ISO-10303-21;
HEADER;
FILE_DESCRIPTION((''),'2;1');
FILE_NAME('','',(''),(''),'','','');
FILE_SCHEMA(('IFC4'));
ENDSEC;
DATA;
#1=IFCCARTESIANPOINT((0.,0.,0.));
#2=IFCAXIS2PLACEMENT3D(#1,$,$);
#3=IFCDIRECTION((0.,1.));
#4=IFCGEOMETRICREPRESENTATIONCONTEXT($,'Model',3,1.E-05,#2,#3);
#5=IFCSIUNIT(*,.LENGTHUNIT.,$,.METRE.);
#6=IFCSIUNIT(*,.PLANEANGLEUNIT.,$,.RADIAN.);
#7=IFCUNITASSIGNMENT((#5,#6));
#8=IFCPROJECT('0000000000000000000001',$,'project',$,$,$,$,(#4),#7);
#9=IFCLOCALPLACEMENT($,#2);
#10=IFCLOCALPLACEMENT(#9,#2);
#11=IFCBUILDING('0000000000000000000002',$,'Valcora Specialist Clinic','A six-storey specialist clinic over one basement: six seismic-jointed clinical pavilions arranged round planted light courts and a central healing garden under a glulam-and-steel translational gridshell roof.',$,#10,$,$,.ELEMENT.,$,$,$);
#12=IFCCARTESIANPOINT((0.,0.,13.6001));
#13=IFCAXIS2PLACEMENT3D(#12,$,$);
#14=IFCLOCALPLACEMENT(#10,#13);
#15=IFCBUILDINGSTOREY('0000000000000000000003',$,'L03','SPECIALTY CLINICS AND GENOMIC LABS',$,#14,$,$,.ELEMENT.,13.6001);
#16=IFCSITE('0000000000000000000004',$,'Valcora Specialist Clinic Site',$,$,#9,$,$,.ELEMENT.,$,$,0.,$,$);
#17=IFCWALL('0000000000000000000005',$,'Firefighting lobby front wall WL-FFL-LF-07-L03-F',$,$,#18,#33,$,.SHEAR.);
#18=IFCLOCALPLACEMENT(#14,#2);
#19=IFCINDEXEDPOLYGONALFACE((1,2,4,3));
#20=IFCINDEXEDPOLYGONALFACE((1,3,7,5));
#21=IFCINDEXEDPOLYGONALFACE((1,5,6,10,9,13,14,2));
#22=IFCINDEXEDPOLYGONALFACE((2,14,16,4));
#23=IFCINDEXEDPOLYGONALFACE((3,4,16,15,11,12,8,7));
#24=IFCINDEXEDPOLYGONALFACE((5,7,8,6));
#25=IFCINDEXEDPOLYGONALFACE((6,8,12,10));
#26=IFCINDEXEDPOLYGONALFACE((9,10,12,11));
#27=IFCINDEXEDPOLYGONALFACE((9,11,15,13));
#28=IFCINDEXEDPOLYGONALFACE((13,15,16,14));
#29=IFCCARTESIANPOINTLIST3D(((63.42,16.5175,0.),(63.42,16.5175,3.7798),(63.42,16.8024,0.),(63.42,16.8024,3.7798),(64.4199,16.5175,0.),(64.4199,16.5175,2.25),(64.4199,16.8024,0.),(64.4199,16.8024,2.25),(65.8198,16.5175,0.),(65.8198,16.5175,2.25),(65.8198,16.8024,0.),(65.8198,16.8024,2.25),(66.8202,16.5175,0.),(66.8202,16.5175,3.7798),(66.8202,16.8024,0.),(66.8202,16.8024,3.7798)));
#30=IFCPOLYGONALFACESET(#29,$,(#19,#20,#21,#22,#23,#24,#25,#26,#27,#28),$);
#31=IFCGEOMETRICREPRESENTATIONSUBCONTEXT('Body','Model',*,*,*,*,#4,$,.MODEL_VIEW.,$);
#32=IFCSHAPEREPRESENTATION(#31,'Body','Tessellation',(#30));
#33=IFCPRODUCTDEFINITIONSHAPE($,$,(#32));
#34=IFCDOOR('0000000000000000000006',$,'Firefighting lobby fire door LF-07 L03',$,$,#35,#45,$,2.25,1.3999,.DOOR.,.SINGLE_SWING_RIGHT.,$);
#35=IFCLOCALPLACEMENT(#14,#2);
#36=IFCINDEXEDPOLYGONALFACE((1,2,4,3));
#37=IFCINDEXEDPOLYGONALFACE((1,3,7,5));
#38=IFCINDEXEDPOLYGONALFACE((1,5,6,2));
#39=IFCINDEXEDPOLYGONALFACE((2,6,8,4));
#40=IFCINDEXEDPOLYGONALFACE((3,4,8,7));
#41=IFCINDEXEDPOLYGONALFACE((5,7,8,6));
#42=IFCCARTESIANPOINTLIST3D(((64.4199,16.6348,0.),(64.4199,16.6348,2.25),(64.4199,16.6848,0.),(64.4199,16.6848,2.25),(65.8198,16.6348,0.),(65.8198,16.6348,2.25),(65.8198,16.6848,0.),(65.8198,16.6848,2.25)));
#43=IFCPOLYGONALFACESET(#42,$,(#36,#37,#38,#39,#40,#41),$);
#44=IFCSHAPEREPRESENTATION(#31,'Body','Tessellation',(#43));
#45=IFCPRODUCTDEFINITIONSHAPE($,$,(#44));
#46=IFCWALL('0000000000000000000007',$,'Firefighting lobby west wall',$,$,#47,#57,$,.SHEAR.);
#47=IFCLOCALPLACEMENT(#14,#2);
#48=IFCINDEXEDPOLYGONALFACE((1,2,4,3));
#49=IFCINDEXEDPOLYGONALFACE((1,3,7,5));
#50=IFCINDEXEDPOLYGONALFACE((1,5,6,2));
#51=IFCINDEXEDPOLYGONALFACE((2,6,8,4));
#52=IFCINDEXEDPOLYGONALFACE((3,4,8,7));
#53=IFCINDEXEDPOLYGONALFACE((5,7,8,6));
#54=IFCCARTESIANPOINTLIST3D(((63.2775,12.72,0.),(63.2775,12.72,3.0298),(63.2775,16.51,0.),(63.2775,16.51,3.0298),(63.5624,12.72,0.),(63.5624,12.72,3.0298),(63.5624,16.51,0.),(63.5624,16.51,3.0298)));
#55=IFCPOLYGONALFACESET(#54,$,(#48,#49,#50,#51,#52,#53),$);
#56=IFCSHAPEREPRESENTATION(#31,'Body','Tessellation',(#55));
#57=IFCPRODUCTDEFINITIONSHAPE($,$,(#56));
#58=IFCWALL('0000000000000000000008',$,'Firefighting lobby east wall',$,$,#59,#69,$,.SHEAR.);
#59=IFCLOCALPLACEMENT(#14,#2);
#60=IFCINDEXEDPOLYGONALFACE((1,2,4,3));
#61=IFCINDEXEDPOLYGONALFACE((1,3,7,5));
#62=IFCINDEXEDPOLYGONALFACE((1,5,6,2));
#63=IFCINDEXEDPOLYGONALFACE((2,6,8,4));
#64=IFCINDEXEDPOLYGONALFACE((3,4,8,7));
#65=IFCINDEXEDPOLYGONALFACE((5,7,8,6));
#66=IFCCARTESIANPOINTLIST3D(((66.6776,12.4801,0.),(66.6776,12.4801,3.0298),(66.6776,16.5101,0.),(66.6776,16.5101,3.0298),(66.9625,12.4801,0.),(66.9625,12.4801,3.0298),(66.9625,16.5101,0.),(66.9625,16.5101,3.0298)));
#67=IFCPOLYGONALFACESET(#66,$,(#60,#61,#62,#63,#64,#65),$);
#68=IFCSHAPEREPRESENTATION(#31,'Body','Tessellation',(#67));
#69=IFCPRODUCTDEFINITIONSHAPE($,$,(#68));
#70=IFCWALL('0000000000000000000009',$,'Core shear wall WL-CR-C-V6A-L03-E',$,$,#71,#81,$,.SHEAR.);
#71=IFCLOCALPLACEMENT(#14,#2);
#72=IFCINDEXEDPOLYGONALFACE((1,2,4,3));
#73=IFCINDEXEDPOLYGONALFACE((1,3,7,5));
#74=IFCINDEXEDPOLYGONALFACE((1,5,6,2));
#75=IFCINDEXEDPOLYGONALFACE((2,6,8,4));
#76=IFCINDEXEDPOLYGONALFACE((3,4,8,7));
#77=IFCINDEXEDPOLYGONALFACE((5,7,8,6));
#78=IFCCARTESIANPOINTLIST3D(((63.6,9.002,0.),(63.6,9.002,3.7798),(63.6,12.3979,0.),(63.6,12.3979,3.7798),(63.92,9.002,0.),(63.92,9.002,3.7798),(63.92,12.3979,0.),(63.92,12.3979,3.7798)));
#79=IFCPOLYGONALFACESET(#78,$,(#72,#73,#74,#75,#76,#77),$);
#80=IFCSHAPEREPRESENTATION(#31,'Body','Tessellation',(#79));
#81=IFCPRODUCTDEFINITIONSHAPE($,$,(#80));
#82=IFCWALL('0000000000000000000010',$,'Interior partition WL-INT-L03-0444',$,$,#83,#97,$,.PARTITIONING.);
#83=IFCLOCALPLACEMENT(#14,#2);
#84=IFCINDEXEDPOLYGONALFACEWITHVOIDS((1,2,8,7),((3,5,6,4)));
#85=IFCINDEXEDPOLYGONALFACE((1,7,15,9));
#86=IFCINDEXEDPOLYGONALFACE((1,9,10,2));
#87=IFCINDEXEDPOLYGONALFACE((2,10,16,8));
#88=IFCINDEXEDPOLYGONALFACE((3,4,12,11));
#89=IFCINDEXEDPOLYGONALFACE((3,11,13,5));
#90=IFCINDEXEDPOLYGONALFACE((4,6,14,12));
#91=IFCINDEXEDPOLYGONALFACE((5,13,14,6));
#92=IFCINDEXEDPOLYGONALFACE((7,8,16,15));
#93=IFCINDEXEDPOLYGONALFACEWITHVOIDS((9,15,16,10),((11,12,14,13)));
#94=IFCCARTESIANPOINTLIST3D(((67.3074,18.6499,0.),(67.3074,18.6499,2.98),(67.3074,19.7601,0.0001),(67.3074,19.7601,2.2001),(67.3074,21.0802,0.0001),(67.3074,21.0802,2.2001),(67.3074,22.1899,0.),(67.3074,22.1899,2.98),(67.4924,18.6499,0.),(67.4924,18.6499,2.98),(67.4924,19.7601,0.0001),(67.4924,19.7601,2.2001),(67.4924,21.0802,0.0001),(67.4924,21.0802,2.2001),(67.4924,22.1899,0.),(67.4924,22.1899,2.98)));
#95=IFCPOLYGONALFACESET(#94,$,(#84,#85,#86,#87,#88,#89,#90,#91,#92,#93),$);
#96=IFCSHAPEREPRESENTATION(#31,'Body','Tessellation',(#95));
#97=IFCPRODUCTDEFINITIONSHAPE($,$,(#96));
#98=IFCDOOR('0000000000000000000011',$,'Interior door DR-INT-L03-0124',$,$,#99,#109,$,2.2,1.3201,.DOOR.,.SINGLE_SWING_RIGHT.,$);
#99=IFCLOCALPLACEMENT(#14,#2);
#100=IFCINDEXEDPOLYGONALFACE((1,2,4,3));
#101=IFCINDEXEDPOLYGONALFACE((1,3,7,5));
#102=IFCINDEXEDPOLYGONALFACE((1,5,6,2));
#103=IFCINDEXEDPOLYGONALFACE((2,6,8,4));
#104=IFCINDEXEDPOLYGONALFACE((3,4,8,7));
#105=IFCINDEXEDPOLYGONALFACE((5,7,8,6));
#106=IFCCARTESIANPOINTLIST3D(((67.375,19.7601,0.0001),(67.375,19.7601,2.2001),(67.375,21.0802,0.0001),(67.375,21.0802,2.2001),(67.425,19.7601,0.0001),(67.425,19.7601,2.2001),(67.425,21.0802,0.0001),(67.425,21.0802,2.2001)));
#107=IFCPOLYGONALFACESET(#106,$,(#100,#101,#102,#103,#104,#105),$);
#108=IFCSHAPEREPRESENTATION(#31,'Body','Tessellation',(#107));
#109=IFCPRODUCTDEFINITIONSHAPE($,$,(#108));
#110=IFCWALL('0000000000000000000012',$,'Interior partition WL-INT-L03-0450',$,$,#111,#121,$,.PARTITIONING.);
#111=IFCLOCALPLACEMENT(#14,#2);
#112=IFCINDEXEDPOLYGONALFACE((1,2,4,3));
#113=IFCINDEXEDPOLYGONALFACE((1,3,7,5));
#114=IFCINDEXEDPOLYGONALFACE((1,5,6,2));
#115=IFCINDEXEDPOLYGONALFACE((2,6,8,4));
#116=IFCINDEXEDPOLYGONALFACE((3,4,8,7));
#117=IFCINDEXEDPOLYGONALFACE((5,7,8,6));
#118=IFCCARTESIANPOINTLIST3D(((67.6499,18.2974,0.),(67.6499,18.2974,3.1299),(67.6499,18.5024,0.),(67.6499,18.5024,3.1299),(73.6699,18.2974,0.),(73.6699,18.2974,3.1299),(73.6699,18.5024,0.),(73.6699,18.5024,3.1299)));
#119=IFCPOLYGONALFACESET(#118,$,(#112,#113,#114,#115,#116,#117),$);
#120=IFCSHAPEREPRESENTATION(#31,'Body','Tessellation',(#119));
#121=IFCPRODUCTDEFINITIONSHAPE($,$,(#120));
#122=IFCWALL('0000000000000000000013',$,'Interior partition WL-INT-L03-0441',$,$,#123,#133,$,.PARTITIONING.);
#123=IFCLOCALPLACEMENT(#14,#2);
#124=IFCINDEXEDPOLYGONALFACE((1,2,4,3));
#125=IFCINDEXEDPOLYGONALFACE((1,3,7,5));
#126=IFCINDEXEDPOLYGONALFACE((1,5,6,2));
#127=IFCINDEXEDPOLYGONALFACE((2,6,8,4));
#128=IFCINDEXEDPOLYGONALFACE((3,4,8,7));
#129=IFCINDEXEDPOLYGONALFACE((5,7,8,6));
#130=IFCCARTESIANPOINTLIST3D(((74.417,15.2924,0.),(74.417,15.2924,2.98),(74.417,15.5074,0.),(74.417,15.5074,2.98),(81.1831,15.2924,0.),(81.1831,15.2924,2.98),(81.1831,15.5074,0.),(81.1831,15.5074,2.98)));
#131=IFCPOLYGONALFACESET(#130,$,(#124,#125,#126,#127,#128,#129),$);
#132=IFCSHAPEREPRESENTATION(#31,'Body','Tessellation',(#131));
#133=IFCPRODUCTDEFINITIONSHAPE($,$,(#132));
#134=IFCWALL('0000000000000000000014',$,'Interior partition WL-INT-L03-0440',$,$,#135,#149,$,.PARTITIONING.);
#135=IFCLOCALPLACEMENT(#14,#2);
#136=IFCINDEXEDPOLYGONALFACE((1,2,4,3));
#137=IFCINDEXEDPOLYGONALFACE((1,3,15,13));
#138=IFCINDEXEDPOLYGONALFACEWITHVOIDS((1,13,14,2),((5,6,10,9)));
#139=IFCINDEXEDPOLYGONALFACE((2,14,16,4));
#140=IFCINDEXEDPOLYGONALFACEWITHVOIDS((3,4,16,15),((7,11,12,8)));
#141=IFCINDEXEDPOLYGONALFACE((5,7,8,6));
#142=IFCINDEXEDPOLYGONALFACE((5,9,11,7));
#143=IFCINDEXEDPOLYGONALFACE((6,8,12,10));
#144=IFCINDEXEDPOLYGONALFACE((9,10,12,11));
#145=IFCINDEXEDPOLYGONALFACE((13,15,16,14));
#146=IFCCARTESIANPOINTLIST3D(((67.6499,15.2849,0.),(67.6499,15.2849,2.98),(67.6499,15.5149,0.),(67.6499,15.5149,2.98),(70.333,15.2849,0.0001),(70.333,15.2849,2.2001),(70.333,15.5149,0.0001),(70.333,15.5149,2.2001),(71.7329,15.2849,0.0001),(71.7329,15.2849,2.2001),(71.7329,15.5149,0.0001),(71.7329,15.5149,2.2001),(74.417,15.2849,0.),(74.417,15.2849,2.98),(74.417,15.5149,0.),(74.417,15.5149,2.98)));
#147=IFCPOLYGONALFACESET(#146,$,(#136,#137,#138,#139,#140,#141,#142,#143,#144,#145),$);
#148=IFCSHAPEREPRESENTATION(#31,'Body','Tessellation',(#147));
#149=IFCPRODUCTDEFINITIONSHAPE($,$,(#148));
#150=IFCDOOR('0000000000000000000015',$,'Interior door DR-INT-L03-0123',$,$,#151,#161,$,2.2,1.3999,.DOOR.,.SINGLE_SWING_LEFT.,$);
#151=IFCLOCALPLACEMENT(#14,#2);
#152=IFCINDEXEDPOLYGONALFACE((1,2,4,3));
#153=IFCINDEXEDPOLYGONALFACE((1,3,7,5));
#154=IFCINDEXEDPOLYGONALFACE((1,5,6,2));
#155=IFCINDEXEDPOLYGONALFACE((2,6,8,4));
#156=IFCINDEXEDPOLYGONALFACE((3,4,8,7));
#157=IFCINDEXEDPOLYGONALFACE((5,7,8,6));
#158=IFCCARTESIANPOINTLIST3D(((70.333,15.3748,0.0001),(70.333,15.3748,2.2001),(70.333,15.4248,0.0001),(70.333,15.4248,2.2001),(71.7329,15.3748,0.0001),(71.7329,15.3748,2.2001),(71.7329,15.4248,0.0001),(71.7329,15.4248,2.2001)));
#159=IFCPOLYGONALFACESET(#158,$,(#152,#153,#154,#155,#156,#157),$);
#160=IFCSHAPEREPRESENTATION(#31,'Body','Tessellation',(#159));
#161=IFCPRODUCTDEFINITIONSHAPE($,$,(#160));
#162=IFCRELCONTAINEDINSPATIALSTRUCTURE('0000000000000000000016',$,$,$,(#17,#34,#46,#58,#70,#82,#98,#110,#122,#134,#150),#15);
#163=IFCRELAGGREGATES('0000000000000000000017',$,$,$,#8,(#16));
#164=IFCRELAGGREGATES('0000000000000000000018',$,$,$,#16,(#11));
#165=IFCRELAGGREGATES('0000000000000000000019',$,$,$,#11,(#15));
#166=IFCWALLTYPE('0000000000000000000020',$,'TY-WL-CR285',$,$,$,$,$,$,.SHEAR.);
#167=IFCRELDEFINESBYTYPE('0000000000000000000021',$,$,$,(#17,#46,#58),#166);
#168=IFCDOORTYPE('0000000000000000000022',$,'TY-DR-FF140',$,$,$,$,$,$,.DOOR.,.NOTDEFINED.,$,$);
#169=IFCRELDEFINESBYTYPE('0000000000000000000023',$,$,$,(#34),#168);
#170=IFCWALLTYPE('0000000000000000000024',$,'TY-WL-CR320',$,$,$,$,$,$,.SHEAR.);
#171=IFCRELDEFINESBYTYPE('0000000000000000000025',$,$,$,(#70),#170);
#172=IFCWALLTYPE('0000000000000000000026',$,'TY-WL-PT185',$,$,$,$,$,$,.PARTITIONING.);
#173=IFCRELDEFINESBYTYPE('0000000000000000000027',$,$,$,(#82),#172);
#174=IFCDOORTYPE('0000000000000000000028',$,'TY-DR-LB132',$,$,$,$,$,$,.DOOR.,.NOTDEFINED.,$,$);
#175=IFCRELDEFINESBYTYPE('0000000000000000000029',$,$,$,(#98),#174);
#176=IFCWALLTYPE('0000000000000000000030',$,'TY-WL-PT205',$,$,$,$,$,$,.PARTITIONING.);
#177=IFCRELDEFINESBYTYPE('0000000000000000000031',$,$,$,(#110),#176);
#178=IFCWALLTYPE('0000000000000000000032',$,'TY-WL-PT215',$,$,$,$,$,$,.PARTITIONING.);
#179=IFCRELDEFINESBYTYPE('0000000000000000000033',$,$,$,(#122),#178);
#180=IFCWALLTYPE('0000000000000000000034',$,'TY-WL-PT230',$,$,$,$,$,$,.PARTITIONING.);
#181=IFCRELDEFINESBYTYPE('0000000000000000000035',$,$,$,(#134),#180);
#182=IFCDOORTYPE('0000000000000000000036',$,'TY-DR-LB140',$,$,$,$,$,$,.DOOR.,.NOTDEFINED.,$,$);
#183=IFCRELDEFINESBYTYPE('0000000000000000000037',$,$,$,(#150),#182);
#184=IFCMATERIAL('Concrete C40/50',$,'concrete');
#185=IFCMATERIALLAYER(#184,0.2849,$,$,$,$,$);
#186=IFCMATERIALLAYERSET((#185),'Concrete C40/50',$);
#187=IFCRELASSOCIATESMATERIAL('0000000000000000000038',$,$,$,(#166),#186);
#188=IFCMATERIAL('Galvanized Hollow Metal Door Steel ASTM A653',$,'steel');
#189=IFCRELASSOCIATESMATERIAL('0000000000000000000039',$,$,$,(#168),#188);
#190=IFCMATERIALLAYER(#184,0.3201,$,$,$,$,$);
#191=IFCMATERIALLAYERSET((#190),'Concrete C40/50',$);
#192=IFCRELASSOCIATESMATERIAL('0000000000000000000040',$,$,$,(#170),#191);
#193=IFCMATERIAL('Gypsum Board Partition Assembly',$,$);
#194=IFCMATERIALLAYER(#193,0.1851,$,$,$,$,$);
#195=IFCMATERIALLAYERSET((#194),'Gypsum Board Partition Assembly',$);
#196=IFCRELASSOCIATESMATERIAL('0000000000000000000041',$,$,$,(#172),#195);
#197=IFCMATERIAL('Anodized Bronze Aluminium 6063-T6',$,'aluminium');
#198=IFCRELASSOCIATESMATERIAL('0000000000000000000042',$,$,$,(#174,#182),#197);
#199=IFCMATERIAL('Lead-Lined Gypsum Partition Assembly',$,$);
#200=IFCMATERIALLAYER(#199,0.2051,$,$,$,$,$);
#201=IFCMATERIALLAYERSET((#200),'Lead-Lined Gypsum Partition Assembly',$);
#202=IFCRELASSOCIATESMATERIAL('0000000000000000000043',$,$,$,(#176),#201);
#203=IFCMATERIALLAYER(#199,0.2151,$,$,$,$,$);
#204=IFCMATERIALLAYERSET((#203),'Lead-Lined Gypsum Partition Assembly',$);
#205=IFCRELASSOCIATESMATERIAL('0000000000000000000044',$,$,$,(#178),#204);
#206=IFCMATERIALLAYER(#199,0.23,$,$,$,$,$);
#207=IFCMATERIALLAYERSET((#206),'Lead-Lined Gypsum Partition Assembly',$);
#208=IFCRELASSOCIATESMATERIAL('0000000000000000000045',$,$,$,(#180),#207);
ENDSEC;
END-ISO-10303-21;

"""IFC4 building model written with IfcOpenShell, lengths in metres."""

from ifc_helpers import new_model, si_unit, direction, frame, frame_2d, origin, place, context, subcontext, project, spatial, rectangle, extrude, material, layer, layer_set, type_object, element, fill, save


model = new_model("IFC4")

# Units and contexts
model_context = context("Model", 3, precision=1e-05, world=origin(), true_north=direction((0.0, 1.0)))
body_context = subcontext(model_context, "Body", "Model", "MODEL_VIEW")
ifc_project = project(units=[si_unit("LENGTHUNIT", "METRE"), si_unit("PLANEANGLEUNIT", "RADIAN")], contexts=[model_context])

# Site, building, storey
site_placement = place(None, origin())
site = spatial("IfcSite", under=ifc_project, at=site_placement, Name="Valcora Specialist Clinic Site", CompositionType="ELEMENT", RefElevation=0.0)
building_placement = place(site_placement, origin())
building = spatial("IfcBuilding", under=site, at=building_placement, Name="Valcora Specialist Clinic", Description="A six-storey specialist clinic over one basement: six seismic-jointed clinical pavilions arranged round planted light courts and a central healing garden under a glulam-and-steel translational gridshell roof.", CompositionType="ELEMENT")
storey_placement = place(building_placement, frame((0.0, 0.0, 13.6001)))
storey = spatial("IfcBuildingStorey", under=building, at=storey_placement, Name="L03", Description="SPECIALTY CLINICS AND GENOMIC LABS", CompositionType="ELEMENT", Elevation=13.6001)

# Shared definitions
ifc_material_1 = material(Name="Concrete C40/50", Category="concrete")

# Wall, opening, door
ifc_layer_1 = layer(ifc_material_1, 0.2849)
ifc_layer_set_1 = layer_set([ifc_layer_1], Name="Concrete C40/50")
wall_type_1 = type_object("IfcWallType", Name="TY-WL-CR285", PredefinedType="SHEAR", material=ifc_layer_set_1)
wall_1_placement = place(storey_placement, frame((63.4199, 16.6599, 0.0), z_axis=(0.0, 0.0, 1.0), x_axis=(1.0, 0.0, 0.0)))
wall_1 = element("IfcWall", 1, at=wall_1_placement, inside=storey, type_object=wall_type_1, Name="Firefighting lobby front wall WL-FFL-LF-07-L03-F", PredefinedType="SHEAR", context=body_context, shape_type="SweptSolid", body=[
    extrude(rectangle(XDim=3.4001, YDim=0.2849, at=frame_2d((1.7002, 0.0))), origin(), (0.0, 0.0, 1.0), 3.7798),
])
opening_1_placement = place(wall_1_placement, frame((1.0, 0.0, 0.0)))
opening_1 = element("IfcOpeningElement", 2, at=opening_1_placement, cuts=wall_1, PredefinedType="OPENING", context=body_context, shape_type="SweptSolid", body=[
    extrude(rectangle(XDim=1.3999, YDim=2.25, at=frame_2d((0.7, 1.125))), frame((0.0, 0.1523, 0.0), z_axis=(0.0, -1.0, 0.0), x_axis=(1.0, 0.0, 0.0)), (0.0, 0.0, 1.0), 0.3049),
])
ifc_material_2 = material(Name="Galvanized Hollow Metal Door Steel ASTM A653", Category="steel")
door_type_1 = type_object("IfcDoorType", Name="TY-DR-FF140", OperationType="NOTDEFINED", PredefinedType="DOOR", material=ifc_material_2)
door_1_placement = place(opening_1_placement, origin())
door_1 = element("IfcDoor", 3, at=door_1_placement, inside=storey, type_object=door_type_1, Name="Firefighting lobby fire door LF-07 L03", OperationType="SINGLE_SWING_RIGHT", OverallHeight=2.25, OverallWidth=1.3999, PredefinedType="DOOR", context=body_context, shape_type="SweptSolid", body=[
    extrude(rectangle(XDim=1.3999, YDim=2.25, at=frame_2d((0.7, 1.125))), frame((0.0, 0.0249, 0.0), z_axis=(0.0, -1.0, 0.0), x_axis=(1.0, 0.0, 0.0)), (0.0, 0.0, 1.0), 0.05),
])
fill(opening_1, door_1)

# Walls
wall_2_placement = place(storey_placement, frame((63.4199, 12.72, 0.0), z_axis=(0.0, 0.0, 1.0), x_axis=(0.0, 1.0, 0.0)))
element("IfcWall", 4, at=wall_2_placement, inside=storey, type_object=wall_type_1, Name="Firefighting lobby west wall", PredefinedType="SHEAR", context=body_context, shape_type="SweptSolid", body=[
    extrude(rectangle(XDim=3.79, YDim=0.2849, at=frame_2d((1.895, 0.0))), origin(), (0.0, 0.0, 1.0), 3.0298),
])
wall_3_placement = place(storey_placement, frame((66.8201, 12.48, 0.0), z_axis=(0.0, 0.0, 1.0), x_axis=(0.0, 1.0, 0.0)))
element("IfcWall", 5, at=wall_3_placement, inside=storey, type_object=wall_type_1, Name="Firefighting lobby east wall", PredefinedType="SHEAR", context=body_context, shape_type="SweptSolid", body=[
    extrude(rectangle(XDim=4.03, YDim=0.2849, at=frame_2d((2.0151, 0.0))), origin(), (0.0, 0.0, 1.0), 3.0298),
])
ifc_layer_2 = layer(ifc_material_1, 0.3201)
ifc_layer_set_2 = layer_set([ifc_layer_2], Name="Concrete C40/50")
wall_type_2 = type_object("IfcWallType", Name="TY-WL-CR320", PredefinedType="SHEAR", material=ifc_layer_set_2)
wall_4_placement = place(storey_placement, frame((63.76, 9.002, 0.0), z_axis=(0.0, 0.0, 1.0), x_axis=(0.0, 1.0, 0.0)))
element("IfcWall", 6, at=wall_4_placement, inside=storey, type_object=wall_type_2, Name="Core shear wall WL-CR-C-V6A-L03-E", PredefinedType="SHEAR", context=body_context, shape_type="SweptSolid", body=[
    extrude(rectangle(XDim=3.396, YDim=0.3201, at=frame_2d((1.698, 0.0))), origin(), (0.0, 0.0, 1.0), 3.7798),
])

# Wall, opening, door
ifc_material_3 = material(Name="Gypsum Board Partition Assembly")
ifc_layer_3 = layer(ifc_material_3, 0.1851)
ifc_layer_set_3 = layer_set([ifc_layer_3], Name="Gypsum Board Partition Assembly")
wall_type_3 = type_object("IfcWallType", Name="TY-WL-PT185", PredefinedType="PARTITIONING", material=ifc_layer_set_3)
wall_5_placement = place(storey_placement, frame((67.3999, 18.6499, 0.0), z_axis=(0.0, 0.0, 1.0), x_axis=(0.0, 1.0, 0.0)))
wall_5 = element("IfcWall", 7, at=wall_5_placement, inside=storey, type_object=wall_type_3, Name="Interior partition WL-INT-L03-0444", PredefinedType="PARTITIONING", context=body_context, shape_type="SweptSolid", body=[
    extrude(rectangle(XDim=3.54, YDim=0.1851, at=frame_2d((1.77, 0.0))), origin(), (0.0, 0.0, 1.0), 2.98),
])
opening_2_placement = place(wall_5_placement, frame((1.1101, 0.0, 0.0)))
opening_2 = element("IfcOpeningElement", 8, at=opening_2_placement, cuts=wall_5, PredefinedType="OPENING", context=body_context, shape_type="SweptSolid", body=[
    extrude(rectangle(XDim=1.3201, YDim=2.2, at=frame_2d((0.6602, 1.1001))), frame((0.0, 0.1025, 0.0), z_axis=(0.0, -1.0, 0.0), x_axis=(1.0, 0.0, 0.0)), (0.0, 0.0, 1.0), 0.2051),
])
ifc_material_4 = material(Name="Anodized Bronze Aluminium 6063-T6", Category="aluminium")
door_type_2 = type_object("IfcDoorType", Name="TY-DR-LB132", OperationType="NOTDEFINED", PredefinedType="DOOR", material=ifc_material_4)
door_2_placement = place(opening_2_placement, origin())
door_2 = element("IfcDoor", 9, at=door_2_placement, inside=storey, type_object=door_type_2, Name="Interior door DR-INT-L03-0124", OperationType="SINGLE_SWING_RIGHT", OverallHeight=2.2, OverallWidth=1.3201, PredefinedType="DOOR", context=body_context, shape_type="SweptSolid", body=[
    extrude(rectangle(XDim=1.3201, YDim=2.2, at=frame_2d((0.6602, 1.1001))), frame((0.0, 0.0249, 0.0), z_axis=(0.0, -1.0, 0.0), x_axis=(1.0, 0.0, 0.0)), (0.0, 0.0, 1.0), 0.05),
])
fill(opening_2, door_2)

# Walls
ifc_material_5 = material(Name="Lead-Lined Gypsum Partition Assembly")
ifc_layer_4 = layer(ifc_material_5, 0.2051)
ifc_layer_set_4 = layer_set([ifc_layer_4], Name="Lead-Lined Gypsum Partition Assembly")
wall_type_4 = type_object("IfcWallType", Name="TY-WL-PT205", PredefinedType="PARTITIONING", material=ifc_layer_set_4)
wall_6_placement = place(storey_placement, frame((73.6699, 18.3999, 0.0), z_axis=(0.0, 0.0, 1.0), x_axis=(-1.0, 0.0, 0.0)))
element("IfcWall", 10, at=wall_6_placement, inside=storey, type_object=wall_type_4, Name="Interior partition WL-INT-L03-0450", PredefinedType="PARTITIONING", context=body_context, shape_type="SweptSolid", body=[
    extrude(rectangle(XDim=6.02, YDim=0.2051, at=frame_2d((3.01, 0.0))), origin(), (0.0, 0.0, 1.0), 3.1299),
])
ifc_layer_5 = layer(ifc_material_5, 0.2151)
ifc_layer_set_5 = layer_set([ifc_layer_5], Name="Lead-Lined Gypsum Partition Assembly")
wall_type_5 = type_object("IfcWallType", Name="TY-WL-PT215", PredefinedType="PARTITIONING", material=ifc_layer_set_5)
wall_7_placement = place(storey_placement, frame((74.417, 15.3999, 0.0), z_axis=(0.0, 0.0, 1.0), x_axis=(1.0, 0.0, 0.0)))
element("IfcWall", 11, at=wall_7_placement, inside=storey, type_object=wall_type_5, Name="Interior partition WL-INT-L03-0441", PredefinedType="PARTITIONING", context=body_context, shape_type="SweptSolid", body=[
    extrude(rectangle(XDim=6.7661, YDim=0.2151, at=frame_2d((3.3831, 0.0))), origin(), (0.0, 0.0, 1.0), 2.98),
])

# Wall, opening, door
ifc_layer_6 = layer(ifc_material_5, 0.23)
ifc_layer_set_6 = layer_set([ifc_layer_6], Name="Lead-Lined Gypsum Partition Assembly")
wall_type_6 = type_object("IfcWallType", Name="TY-WL-PT230", PredefinedType="PARTITIONING", material=ifc_layer_set_6)
wall_8_placement = place(storey_placement, frame((67.6499, 15.3999, 0.0), z_axis=(0.0, 0.0, 1.0), x_axis=(1.0, 0.0, 0.0)))
wall_8 = element("IfcWall", 12, at=wall_8_placement, inside=storey, type_object=wall_type_6, Name="Interior partition WL-INT-L03-0440", PredefinedType="PARTITIONING", context=body_context, shape_type="SweptSolid", body=[
    extrude(rectangle(XDim=6.7671, YDim=0.23, at=frame_2d((3.3835, 0.0))), origin(), (0.0, 0.0, 1.0), 2.98),
])
opening_3_placement = place(wall_8_placement, frame((2.6831, 0.0, 0.0)))
opening_3 = element("IfcOpeningElement", 13, at=opening_3_placement, cuts=wall_8, PredefinedType="OPENING", context=body_context, shape_type="SweptSolid", body=[
    extrude(rectangle(XDim=1.3999, YDim=2.2, at=frame_2d((0.7, 1.1001))), frame((0.0, 0.125, 0.0), z_axis=(0.0, -1.0, 0.0), x_axis=(1.0, 0.0, 0.0)), (0.0, 0.0, 1.0), 0.25),
])
door_type_3 = type_object("IfcDoorType", Name="TY-DR-LB140", OperationType="NOTDEFINED", PredefinedType="DOOR", material=ifc_material_4)
door_3_placement = place(opening_3_placement, origin())
door_3 = element("IfcDoor", 14, at=door_3_placement, inside=storey, type_object=door_type_3, Name="Interior door DR-INT-L03-0123", OperationType="SINGLE_SWING_LEFT", OverallHeight=2.2, OverallWidth=1.3999, PredefinedType="DOOR", context=body_context, shape_type="SweptSolid", body=[
    extrude(rectangle(XDim=1.3999, YDim=2.2, at=frame_2d((0.7, 1.1001))), frame((0.0, 0.0249, 0.0), z_axis=(0.0, -1.0, 0.0), x_axis=(1.0, 0.0, 0.0)), (0.0, 0.0, 1.0), 0.05),
])
fill(opening_3, door_3)

save(model, "model.ifc")
